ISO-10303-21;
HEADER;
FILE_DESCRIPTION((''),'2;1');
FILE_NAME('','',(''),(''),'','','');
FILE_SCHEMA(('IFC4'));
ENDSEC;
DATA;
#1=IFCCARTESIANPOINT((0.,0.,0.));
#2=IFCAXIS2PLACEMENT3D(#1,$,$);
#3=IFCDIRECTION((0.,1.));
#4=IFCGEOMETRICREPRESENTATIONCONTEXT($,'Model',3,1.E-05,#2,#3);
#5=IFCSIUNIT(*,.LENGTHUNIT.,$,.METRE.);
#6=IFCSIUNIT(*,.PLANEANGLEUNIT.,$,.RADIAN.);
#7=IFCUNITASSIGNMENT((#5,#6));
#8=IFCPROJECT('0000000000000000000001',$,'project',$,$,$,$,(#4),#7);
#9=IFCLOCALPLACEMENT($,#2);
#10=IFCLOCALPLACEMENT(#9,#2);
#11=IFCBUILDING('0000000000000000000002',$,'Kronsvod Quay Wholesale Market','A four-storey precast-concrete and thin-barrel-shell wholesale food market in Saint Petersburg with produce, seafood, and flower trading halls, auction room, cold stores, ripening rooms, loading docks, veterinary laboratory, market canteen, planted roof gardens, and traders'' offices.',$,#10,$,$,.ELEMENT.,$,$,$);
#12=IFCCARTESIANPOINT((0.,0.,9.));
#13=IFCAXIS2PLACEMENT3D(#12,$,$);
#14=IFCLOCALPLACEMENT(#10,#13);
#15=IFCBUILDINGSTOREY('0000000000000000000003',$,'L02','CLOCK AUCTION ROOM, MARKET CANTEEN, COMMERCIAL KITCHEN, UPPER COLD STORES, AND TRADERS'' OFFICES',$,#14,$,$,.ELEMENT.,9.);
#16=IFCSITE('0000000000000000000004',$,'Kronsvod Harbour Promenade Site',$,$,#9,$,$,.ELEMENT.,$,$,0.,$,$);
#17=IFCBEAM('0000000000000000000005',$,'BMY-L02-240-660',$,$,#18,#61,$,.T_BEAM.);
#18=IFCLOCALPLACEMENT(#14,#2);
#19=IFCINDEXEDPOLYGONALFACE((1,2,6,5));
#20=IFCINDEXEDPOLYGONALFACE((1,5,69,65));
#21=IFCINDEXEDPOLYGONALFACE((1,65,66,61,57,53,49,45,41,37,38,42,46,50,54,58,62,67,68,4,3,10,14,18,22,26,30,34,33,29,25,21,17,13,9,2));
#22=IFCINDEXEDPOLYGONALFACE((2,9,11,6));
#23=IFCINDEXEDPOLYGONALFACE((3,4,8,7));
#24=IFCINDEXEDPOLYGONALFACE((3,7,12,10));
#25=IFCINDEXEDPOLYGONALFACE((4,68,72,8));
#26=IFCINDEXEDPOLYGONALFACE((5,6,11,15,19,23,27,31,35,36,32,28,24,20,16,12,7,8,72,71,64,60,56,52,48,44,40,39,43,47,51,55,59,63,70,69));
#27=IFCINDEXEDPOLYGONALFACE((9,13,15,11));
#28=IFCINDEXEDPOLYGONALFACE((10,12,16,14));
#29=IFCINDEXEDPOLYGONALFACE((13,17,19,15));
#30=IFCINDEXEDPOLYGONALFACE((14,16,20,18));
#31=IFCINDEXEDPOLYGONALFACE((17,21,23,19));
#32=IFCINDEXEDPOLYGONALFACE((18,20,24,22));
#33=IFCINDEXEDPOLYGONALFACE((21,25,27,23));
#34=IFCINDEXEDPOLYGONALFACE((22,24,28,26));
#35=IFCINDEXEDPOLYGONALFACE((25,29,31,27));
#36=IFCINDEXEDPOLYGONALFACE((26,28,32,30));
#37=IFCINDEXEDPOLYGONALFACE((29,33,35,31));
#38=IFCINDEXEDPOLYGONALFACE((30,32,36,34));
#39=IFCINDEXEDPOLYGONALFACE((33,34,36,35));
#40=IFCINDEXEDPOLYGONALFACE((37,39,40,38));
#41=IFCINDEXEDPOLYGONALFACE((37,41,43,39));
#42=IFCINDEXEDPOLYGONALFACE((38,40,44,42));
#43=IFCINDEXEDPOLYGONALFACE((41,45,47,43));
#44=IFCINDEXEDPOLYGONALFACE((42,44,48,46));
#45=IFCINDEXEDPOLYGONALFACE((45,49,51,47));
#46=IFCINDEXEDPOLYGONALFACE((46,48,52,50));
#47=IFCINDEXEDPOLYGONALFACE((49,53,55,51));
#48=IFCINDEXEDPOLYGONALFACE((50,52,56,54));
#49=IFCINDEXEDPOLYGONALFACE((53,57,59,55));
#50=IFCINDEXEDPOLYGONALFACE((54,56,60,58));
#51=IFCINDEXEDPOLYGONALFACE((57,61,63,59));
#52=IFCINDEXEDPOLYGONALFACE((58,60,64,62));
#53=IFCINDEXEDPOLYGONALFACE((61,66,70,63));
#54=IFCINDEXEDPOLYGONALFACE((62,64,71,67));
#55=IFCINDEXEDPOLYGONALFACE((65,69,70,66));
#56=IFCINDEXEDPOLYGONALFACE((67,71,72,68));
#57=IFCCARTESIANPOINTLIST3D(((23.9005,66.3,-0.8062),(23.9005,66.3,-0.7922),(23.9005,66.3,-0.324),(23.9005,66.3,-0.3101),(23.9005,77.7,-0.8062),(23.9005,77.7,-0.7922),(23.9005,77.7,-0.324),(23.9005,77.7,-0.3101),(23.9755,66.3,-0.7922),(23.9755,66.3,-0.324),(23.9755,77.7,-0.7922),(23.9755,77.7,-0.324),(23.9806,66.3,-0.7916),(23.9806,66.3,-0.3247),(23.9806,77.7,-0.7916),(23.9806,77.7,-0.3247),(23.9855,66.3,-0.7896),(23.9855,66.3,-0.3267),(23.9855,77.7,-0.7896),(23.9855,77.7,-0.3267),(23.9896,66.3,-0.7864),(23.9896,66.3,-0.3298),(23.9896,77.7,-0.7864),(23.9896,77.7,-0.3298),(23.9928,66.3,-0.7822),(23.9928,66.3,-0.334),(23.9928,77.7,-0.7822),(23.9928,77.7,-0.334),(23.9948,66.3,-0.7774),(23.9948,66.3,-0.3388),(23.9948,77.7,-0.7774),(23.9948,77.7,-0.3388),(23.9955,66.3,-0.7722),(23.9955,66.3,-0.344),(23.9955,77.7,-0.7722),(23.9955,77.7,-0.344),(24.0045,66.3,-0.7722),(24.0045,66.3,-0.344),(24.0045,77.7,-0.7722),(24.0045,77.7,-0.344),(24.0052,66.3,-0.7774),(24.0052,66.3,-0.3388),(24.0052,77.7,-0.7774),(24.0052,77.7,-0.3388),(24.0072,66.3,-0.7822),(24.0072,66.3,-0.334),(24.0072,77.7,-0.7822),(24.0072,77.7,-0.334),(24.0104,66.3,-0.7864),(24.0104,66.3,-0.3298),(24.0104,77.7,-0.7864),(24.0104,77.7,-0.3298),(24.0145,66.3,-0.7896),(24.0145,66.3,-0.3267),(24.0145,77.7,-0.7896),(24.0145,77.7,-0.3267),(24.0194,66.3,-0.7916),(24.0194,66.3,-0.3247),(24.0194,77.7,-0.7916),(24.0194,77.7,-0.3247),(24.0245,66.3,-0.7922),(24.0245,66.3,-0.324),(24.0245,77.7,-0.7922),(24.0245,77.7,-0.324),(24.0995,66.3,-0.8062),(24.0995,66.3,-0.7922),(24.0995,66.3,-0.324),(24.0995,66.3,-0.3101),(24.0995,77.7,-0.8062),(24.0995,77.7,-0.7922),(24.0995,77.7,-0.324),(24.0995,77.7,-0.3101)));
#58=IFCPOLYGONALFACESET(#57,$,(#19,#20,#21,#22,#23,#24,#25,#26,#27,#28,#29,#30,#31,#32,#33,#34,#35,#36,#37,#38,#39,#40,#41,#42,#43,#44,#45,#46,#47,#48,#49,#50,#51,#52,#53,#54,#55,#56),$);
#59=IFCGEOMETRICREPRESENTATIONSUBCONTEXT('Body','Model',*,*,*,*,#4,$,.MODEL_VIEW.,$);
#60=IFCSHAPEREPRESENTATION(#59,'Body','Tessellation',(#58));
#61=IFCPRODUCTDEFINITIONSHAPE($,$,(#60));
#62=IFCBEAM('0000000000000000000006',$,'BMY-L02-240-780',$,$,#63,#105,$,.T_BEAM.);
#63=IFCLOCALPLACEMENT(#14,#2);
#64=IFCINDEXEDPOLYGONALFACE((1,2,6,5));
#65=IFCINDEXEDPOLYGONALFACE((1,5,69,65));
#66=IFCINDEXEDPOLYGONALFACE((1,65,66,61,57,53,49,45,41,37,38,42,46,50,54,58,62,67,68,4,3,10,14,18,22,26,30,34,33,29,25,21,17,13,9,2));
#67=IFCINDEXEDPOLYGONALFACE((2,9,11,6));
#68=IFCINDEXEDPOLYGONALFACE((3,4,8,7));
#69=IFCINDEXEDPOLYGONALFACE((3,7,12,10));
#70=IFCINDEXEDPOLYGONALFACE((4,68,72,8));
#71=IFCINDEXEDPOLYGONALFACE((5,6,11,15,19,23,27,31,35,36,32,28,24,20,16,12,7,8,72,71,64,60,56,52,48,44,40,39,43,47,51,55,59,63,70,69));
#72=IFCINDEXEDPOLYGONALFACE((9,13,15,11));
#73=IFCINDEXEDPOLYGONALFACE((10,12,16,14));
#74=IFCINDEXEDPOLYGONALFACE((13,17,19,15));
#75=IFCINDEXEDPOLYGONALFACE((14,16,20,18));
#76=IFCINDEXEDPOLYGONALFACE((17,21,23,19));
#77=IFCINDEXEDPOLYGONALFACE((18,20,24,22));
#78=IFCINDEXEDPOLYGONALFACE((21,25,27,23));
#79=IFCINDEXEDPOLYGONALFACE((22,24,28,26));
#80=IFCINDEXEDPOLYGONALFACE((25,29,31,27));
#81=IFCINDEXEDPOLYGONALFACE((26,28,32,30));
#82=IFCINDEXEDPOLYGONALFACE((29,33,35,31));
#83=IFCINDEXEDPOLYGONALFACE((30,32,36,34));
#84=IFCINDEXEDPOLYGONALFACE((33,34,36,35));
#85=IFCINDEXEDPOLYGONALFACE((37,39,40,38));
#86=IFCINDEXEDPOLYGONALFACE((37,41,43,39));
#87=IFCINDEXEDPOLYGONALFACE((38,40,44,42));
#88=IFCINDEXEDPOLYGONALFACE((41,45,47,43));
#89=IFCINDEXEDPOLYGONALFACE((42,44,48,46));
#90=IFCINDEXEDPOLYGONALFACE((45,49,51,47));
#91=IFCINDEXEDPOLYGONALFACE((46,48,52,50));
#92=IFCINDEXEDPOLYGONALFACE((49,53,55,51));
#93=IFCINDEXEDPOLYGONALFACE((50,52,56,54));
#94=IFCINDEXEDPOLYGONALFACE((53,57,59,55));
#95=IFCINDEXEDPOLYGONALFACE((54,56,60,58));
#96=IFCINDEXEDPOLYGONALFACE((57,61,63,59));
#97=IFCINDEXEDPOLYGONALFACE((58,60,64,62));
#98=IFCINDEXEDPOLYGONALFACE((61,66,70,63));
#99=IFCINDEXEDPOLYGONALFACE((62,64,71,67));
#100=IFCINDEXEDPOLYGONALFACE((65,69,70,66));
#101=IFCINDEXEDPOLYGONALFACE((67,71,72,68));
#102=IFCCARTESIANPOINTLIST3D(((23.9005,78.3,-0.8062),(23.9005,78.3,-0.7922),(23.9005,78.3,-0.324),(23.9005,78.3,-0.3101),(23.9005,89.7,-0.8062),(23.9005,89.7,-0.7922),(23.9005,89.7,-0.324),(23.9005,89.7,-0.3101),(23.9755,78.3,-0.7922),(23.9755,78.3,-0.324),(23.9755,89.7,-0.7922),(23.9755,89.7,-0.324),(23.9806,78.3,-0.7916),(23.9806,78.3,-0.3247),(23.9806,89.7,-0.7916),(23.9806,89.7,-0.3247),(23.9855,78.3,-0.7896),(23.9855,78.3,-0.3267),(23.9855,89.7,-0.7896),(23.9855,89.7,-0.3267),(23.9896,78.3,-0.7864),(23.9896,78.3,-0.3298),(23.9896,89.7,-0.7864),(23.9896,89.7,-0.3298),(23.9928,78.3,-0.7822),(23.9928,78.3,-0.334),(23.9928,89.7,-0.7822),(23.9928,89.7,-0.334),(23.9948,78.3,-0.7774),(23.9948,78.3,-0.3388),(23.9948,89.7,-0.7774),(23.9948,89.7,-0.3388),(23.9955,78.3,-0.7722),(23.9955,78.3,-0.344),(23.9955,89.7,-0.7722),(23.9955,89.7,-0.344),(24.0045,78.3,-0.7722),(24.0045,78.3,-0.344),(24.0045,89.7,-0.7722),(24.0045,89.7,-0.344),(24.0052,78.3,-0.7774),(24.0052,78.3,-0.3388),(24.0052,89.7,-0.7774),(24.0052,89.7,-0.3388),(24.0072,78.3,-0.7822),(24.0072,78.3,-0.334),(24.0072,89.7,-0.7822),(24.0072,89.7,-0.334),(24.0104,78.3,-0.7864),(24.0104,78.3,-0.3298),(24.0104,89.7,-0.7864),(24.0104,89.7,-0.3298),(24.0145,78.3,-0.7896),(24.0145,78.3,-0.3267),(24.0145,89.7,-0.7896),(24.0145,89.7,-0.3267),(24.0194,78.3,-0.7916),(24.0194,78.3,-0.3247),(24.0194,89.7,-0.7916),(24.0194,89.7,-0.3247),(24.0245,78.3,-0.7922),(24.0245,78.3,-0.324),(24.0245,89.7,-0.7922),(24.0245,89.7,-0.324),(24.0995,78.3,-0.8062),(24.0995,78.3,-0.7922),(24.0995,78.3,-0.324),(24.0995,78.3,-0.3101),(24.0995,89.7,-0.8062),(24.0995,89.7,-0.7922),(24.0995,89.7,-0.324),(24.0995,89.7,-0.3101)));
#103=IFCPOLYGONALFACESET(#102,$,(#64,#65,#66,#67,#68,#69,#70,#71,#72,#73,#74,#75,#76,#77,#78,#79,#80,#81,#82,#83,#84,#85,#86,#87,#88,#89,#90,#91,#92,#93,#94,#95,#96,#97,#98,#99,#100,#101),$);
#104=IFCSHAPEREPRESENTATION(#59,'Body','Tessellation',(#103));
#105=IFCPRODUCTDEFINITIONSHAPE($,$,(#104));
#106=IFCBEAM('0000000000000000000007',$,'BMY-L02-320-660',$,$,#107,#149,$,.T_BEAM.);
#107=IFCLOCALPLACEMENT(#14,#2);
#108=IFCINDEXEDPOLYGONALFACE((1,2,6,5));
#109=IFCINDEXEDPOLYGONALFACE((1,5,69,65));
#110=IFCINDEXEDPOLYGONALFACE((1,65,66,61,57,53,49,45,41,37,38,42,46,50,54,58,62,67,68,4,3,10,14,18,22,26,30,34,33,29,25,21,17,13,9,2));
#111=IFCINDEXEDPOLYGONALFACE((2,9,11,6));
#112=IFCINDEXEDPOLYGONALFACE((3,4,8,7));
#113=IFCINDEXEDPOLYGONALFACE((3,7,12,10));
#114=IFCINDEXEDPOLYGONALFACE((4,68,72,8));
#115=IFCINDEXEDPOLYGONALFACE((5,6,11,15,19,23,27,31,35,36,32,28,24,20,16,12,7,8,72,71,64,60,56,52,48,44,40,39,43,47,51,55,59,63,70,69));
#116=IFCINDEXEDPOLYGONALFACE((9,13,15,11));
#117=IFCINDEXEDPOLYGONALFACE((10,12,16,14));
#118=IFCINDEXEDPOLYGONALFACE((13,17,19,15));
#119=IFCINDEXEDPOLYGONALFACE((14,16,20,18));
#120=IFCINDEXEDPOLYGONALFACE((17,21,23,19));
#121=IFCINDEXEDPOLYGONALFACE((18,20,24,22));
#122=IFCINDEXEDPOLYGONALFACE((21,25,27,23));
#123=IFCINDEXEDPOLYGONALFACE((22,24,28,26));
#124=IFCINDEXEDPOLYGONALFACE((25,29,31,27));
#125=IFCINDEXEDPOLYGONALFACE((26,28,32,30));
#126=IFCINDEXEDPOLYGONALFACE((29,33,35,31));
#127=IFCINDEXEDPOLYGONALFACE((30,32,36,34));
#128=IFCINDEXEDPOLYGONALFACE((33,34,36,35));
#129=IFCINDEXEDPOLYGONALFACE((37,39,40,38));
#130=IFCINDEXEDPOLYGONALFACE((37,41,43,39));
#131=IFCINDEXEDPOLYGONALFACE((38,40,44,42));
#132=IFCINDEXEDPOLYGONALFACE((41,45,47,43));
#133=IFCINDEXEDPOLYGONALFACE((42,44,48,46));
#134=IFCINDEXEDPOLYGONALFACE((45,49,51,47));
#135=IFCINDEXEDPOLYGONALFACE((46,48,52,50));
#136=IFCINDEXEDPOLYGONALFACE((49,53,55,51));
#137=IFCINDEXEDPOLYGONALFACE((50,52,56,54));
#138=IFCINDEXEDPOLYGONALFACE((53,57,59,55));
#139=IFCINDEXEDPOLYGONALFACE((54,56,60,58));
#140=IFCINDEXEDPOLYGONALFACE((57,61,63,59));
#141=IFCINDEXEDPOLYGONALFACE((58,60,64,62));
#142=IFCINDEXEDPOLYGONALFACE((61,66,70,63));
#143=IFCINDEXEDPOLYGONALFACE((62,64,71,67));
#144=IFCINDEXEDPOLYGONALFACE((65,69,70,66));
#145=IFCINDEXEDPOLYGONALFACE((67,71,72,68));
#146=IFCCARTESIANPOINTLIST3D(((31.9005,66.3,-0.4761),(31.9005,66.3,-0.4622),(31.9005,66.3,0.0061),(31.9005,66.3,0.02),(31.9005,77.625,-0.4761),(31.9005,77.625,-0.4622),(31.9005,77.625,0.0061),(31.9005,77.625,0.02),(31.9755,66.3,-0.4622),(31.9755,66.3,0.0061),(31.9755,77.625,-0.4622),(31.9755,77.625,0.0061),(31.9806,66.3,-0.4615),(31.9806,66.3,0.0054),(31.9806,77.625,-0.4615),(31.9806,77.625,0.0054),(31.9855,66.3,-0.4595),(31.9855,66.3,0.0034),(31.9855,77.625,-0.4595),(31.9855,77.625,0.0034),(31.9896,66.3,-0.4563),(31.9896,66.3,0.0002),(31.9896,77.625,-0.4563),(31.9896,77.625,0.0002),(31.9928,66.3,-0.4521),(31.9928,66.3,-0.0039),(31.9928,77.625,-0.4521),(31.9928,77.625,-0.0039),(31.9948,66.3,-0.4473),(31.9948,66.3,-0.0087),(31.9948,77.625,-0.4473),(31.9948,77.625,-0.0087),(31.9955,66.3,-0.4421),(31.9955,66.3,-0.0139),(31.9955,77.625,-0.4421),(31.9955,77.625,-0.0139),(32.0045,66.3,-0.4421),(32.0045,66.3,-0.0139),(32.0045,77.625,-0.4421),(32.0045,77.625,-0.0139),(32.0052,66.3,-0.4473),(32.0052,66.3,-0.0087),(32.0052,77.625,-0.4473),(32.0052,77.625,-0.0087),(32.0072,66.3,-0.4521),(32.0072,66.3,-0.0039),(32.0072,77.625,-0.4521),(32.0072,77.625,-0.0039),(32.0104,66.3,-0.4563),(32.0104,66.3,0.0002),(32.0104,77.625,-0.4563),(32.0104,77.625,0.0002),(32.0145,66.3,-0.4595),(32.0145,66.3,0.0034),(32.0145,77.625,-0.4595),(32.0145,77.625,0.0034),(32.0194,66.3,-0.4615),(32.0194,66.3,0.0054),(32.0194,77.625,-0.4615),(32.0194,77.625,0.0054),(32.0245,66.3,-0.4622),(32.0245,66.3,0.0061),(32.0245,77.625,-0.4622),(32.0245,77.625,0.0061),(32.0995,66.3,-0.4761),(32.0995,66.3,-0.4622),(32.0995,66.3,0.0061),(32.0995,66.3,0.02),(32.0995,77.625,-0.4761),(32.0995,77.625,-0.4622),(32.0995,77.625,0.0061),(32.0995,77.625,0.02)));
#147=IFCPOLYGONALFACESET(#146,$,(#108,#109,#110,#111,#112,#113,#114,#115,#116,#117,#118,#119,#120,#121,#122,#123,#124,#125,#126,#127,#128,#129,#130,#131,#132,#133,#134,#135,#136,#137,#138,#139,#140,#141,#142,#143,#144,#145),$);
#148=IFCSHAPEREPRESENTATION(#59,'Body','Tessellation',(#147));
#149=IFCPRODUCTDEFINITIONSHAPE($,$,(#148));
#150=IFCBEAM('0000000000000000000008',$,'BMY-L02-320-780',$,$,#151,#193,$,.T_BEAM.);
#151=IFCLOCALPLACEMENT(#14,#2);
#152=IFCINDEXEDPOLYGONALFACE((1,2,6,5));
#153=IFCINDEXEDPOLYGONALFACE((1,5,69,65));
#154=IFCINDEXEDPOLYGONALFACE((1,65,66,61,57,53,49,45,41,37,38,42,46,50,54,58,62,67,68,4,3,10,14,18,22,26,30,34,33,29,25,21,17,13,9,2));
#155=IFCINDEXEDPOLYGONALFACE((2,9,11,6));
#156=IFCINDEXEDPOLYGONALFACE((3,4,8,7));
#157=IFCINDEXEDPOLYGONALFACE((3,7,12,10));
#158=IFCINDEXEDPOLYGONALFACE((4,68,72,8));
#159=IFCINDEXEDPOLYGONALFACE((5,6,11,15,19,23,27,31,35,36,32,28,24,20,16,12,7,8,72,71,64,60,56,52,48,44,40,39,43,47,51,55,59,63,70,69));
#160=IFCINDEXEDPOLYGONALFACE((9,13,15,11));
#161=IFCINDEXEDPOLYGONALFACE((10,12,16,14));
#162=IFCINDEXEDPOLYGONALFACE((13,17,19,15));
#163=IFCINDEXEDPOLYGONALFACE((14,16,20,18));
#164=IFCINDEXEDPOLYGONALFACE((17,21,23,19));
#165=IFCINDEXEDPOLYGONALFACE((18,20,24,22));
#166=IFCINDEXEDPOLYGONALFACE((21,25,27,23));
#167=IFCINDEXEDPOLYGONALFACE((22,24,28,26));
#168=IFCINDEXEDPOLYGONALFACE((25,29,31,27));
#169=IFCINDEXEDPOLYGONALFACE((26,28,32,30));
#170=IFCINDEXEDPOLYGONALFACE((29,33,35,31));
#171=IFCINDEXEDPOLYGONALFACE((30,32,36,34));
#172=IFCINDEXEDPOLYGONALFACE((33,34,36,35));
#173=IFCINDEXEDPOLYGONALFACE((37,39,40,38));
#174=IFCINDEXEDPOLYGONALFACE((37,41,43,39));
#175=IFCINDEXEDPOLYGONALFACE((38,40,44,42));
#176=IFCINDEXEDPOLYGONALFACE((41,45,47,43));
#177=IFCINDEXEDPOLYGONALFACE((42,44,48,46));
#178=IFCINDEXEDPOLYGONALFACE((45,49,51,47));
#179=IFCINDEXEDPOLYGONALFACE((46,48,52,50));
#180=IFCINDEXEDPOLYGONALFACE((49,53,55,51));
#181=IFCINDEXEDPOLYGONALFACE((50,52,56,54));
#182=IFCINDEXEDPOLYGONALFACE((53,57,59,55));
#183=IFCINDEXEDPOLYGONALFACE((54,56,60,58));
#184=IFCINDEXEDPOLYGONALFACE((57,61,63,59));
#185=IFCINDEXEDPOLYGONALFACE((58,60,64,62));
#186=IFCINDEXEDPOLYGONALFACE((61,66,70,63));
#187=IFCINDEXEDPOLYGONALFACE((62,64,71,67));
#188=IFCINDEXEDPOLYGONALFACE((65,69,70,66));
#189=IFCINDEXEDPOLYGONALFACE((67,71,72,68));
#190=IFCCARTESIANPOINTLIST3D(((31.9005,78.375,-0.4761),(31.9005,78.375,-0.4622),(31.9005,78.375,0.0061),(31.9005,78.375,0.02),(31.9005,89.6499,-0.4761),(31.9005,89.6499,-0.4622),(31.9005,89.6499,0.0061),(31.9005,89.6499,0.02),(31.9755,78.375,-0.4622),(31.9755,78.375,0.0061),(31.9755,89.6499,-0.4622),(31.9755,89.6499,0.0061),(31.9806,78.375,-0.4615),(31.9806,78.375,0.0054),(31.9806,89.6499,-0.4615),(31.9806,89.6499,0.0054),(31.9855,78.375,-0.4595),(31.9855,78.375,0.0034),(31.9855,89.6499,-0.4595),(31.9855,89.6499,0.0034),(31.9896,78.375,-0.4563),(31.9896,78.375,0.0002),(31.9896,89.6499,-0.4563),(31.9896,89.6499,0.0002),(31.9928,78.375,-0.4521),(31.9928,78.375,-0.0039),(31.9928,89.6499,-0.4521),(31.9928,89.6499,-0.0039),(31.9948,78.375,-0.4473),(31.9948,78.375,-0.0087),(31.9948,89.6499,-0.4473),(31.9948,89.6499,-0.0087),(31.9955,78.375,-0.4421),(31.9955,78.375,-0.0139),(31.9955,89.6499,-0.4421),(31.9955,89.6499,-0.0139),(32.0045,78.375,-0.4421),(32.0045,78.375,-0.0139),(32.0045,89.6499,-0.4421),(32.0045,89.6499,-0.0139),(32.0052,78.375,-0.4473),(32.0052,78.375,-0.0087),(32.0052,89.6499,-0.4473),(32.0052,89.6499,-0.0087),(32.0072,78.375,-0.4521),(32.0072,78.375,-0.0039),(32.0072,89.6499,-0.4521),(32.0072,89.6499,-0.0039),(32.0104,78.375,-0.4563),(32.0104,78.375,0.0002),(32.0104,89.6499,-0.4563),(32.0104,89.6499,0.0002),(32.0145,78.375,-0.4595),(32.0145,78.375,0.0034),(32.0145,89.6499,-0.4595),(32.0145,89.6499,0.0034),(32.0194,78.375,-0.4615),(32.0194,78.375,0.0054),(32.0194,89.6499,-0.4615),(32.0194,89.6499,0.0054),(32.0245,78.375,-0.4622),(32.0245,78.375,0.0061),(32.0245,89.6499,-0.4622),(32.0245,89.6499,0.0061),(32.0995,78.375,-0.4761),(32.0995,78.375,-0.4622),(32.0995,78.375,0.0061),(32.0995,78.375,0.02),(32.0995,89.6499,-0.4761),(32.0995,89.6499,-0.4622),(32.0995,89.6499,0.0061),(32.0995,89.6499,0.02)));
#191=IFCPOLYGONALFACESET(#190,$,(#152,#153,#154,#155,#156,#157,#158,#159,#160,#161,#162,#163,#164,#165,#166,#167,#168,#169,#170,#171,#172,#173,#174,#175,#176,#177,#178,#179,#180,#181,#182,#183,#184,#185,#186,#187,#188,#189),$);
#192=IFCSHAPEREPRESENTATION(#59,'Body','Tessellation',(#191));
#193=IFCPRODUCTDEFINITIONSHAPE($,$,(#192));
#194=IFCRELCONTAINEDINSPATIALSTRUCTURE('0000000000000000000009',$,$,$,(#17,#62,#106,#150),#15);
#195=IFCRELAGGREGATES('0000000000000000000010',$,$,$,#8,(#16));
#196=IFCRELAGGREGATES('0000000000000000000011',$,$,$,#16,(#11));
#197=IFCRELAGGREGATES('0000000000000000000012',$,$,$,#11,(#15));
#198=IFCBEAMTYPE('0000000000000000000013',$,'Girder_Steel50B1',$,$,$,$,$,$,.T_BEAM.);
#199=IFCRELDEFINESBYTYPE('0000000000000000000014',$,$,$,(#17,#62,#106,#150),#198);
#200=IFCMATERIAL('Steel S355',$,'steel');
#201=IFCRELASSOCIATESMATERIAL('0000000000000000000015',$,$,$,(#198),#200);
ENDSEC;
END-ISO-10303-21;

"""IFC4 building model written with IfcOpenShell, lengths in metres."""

from ifc_helpers import new_model, si_unit, direction, frame, origin, origin_2d, place, context, subcontext, project, spatial, i_section, extrude, material, material_profile, profile_set, type_object, element, save


model = new_model("IFC4")

# Units and contexts
model_context = context("Model", 3, precision=1e-05, world=origin(), true_north=direction((0.0, 1.0)))
body_context = subcontext(model_context, "Body", "Model", "MODEL_VIEW")
ifc_project = project(units=[si_unit("LENGTHUNIT", "METRE"), si_unit("PLANEANGLEUNIT", "RADIAN")], contexts=[model_context])

# Site, building, storey
site_placement = place(None, origin())
site = spatial("IfcSite", under=ifc_project, at=site_placement, Name="Kronsvod Harbour Promenade Site", CompositionType="ELEMENT", RefElevation=0.0)
building_placement = place(site_placement, origin())
building = spatial("IfcBuilding", under=site, at=building_placement, Name="Kronsvod Quay Wholesale Market", Description="A four-storey precast-concrete and thin-barrel-shell wholesale food market in Saint Petersburg with produce, seafood, and flower trading halls, auction room, cold stores, ripening rooms, loading docks, veterinary laboratory, market canteen, planted roof gardens, and traders' offices.", CompositionType="ELEMENT")
storey_placement = place(building_placement, frame((0.0, 0.0, 9.0)))
storey = spatial("IfcBuildingStorey", under=building, at=storey_placement, Name="L02", Description="CLOCK AUCTION ROOM, MARKET CANTEEN, COMMERCIAL KITCHEN, UPPER COLD STORES, AND TRADERS' OFFICES", CompositionType="ELEMENT", Elevation=9.0)

# Beams
ifc_material_1 = material(Name="Steel S355", Category="steel")
ifc_material_profile_1 = material_profile(ifc_material_1, i_section(OverallWidth=0.199, OverallDepth=0.4961, WebThickness=0.009, FlangeThickness=0.0139, FilletRadius=0.02, at=origin_2d()), Name="50B1")
ifc_profile_set_1 = profile_set([ifc_material_profile_1], Name="Steel S355")
beam_type_1 = type_object("IfcBeamType", Name="Girder_Steel50B1", PredefinedType="T_BEAM", material=ifc_profile_set_1)
for number, where, z_axis, x_axis, name in (
    (1, (24.0, 66.3, -0.5581), (0.0, 1.0, 0.0), (-1.0, 0.0, 0.0), "BMY-L02-240-660"),
    (2, (24.0, 78.3, -0.5581), (0.0, 1.0, 0.0), (-1.0, 0.0, 0.0), "BMY-L02-240-780"),
):
    element("IfcBeam", number, at=place(storey_placement, frame(where, z_axis=z_axis, x_axis=x_axis)), inside=storey, type_object=beam_type_1, Name=name, PredefinedType="T_BEAM", context=body_context, shape_type="SweptSolid", body=[
        extrude(i_section(OverallWidth=0.199, OverallDepth=0.4961, WebThickness=0.009, FlangeThickness=0.0139, FilletRadius=0.02, at=origin_2d()), origin(), (0.0, 0.0, 1.0), 11.3999),
    ])
beam_1_placement = place(storey_placement, frame((32.0, 66.3, -0.228), z_axis=(0.0, 1.0, 0.0), x_axis=(-1.0, 0.0, 0.0)))
element("IfcBeam", 3, at=beam_1_placement, inside=storey, type_object=beam_type_1, Name="BMY-L02-320-660", PredefinedType="T_BEAM", context=body_context, shape_type="SweptSolid", body=[
    extrude(i_section(OverallWidth=0.199, OverallDepth=0.4961, WebThickness=0.009, FlangeThickness=0.0139, FilletRadius=0.02, at=origin_2d()), origin(), (0.0, 0.0, 1.0), 11.325),
])
beam_2_placement = place(storey_placement, frame((32.0, 78.375, -0.228), z_axis=(0.0, 1.0, 0.0), x_axis=(-1.0, 0.0, 0.0)))
element("IfcBeam", 4, at=beam_2_placement, inside=storey, type_object=beam_type_1, Name="BMY-L02-320-780", PredefinedType="T_BEAM", context=body_context, shape_type="SweptSolid", body=[
    extrude(i_section(OverallWidth=0.199, OverallDepth=0.4961, WebThickness=0.009, FlangeThickness=0.0139, FilletRadius=0.02, at=origin_2d()), origin(), (0.0, 0.0, 1.0), 11.2749),
])

save(model, "model.ifc")
